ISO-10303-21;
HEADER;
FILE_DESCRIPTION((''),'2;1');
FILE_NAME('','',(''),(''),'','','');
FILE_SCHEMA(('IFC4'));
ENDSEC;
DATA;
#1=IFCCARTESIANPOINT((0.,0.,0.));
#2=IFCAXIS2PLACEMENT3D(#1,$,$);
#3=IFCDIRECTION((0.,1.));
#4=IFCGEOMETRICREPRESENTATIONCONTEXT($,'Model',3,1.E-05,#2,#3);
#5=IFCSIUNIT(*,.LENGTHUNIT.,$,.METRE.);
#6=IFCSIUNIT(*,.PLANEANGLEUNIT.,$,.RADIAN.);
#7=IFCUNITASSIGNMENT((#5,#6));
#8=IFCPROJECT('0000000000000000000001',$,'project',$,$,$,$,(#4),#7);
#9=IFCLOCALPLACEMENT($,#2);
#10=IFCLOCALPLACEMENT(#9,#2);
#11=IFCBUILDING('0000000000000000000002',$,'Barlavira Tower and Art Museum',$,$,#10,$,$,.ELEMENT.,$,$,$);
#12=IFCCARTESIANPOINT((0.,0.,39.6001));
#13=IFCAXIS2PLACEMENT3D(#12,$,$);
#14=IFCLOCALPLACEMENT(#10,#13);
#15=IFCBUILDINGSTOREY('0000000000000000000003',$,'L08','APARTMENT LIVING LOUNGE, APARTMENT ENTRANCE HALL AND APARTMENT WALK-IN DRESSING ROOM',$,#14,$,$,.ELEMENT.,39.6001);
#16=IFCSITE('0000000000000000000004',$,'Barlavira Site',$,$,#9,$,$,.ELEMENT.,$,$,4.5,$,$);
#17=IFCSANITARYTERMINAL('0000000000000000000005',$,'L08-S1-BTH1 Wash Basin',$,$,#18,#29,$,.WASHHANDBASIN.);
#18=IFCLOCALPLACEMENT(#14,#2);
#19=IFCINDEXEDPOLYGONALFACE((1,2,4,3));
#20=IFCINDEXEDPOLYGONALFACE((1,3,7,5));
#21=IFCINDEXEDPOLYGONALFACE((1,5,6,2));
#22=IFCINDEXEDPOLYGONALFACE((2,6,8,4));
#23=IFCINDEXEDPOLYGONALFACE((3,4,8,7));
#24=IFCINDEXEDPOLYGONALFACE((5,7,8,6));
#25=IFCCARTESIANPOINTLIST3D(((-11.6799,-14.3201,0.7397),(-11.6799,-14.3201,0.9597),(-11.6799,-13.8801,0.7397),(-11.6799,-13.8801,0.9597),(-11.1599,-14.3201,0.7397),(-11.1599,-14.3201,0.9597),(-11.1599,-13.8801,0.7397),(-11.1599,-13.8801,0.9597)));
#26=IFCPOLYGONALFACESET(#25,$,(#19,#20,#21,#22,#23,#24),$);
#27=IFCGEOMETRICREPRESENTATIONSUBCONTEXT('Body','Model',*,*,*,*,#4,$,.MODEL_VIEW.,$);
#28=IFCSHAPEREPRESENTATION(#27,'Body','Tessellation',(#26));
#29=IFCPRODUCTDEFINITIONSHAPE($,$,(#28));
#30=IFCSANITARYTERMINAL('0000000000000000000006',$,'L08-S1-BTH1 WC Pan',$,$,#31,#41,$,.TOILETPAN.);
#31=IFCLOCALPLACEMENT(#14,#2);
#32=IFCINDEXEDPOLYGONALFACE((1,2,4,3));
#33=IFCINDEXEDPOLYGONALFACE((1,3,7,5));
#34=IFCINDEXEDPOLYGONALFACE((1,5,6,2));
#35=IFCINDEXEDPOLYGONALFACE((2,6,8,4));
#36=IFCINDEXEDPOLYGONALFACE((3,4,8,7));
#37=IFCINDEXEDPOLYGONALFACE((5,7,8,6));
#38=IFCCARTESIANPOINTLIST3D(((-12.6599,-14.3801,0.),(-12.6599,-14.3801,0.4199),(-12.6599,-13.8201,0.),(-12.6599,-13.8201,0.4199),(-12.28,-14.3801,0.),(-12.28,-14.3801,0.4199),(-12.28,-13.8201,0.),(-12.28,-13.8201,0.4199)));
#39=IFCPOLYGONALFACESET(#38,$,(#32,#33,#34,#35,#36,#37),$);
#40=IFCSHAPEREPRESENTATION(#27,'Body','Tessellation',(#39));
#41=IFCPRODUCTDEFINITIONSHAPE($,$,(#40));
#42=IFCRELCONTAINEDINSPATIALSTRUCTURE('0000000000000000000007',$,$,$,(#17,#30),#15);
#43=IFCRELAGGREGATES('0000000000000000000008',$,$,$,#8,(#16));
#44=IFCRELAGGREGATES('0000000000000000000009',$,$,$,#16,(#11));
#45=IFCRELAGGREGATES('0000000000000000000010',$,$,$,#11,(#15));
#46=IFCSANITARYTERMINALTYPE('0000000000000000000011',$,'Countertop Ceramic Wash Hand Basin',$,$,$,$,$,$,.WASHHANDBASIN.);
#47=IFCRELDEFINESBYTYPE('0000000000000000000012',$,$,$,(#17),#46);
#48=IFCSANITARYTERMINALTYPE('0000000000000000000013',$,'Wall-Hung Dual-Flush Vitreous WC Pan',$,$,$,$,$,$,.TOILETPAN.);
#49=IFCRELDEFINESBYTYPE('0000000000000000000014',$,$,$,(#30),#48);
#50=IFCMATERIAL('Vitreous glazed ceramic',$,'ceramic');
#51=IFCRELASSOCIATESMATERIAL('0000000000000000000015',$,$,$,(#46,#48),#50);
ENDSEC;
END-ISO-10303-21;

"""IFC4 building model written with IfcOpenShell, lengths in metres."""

from ifc_helpers import new_model, si_unit, direction, frame, origin, origin_2d, place, context, subcontext, project, spatial, rectangle, extrude, material, type_object, element, save


model = new_model("IFC4")

# Units and contexts
model_context = context("Model", 3, precision=1e-05, world=origin(), true_north=direction((0.0, 1.0)))
body_context = subcontext(model_context, "Body", "Model", "MODEL_VIEW")
ifc_project = project(units=[si_unit("LENGTHUNIT", "METRE"), si_unit("PLANEANGLEUNIT", "RADIAN")], contexts=[model_context])

# Site, building, storey
site_placement = place(None, origin())
site = spatial("IfcSite", under=ifc_project, at=site_placement, Name="Barlavira Site", CompositionType="ELEMENT", RefElevation=4.5)
building_placement = place(site_placement, origin())
building = spatial("IfcBuilding", under=site, at=building_placement, Name="Barlavira Tower and Art Museum", CompositionType="ELEMENT")
storey_placement = place(building_placement, frame((0.0, 0.0, 39.6001)))
storey = spatial("IfcBuildingStorey", under=building, at=storey_placement, Name="L08", Description="APARTMENT LIVING LOUNGE, APARTMENT ENTRANCE HALL AND APARTMENT WALK-IN DRESSING ROOM", CompositionType="ELEMENT", Elevation=39.6001)

# Sanitary terminals
ifc_material_1 = material(Name="Vitreous glazed ceramic", Category="ceramic")
sanitary_terminal_type_1 = type_object("IfcSanitaryTerminalType", Name="Countertop Ceramic Wash Hand Basin", PredefinedType="WASHHANDBASIN", material=ifc_material_1)
sanitary_terminal_1_placement = place(storey_placement, frame((-11.4199, -14.1001, 0.7397), z_axis=(0.0, 0.0, 1.0), x_axis=(1.0, 0.0, 0.0)))
element("IfcSanitaryTerminal", 1, at=sanitary_terminal_1_placement, inside=storey, type_object=sanitary_terminal_type_1, Name="L08-S1-BTH1 Wash Basin", PredefinedType="WASHHANDBASIN", context=body_context, shape_type="SweptSolid", body=[
    extrude(rectangle(XDim=0.52, YDim=0.4399, at=origin_2d()), origin(), (0.0, 0.0, 1.0), 0.22),
])
sanitary_terminal_type_2 = type_object("IfcSanitaryTerminalType", Name="Wall-Hung Dual-Flush Vitreous WC Pan", PredefinedType="TOILETPAN", material=ifc_material_1)
sanitary_terminal_2_placement = place(storey_placement, frame((-12.47, -14.1001, 0.0), z_axis=(0.0, 0.0, 1.0), x_axis=(1.0, 0.0, 0.0)))
element("IfcSanitaryTerminal", 2, at=sanitary_terminal_2_placement, inside=storey, type_object=sanitary_terminal_type_2, Name="L08-S1-BTH1 WC Pan", PredefinedType="TOILETPAN", context=body_context, shape_type="SweptSolid", body=[
    extrude(rectangle(XDim=0.3799, YDim=0.5601, at=origin_2d()), origin(), (0.0, 0.0, 1.0), 0.4199),
])

save(model, "model.ifc")
